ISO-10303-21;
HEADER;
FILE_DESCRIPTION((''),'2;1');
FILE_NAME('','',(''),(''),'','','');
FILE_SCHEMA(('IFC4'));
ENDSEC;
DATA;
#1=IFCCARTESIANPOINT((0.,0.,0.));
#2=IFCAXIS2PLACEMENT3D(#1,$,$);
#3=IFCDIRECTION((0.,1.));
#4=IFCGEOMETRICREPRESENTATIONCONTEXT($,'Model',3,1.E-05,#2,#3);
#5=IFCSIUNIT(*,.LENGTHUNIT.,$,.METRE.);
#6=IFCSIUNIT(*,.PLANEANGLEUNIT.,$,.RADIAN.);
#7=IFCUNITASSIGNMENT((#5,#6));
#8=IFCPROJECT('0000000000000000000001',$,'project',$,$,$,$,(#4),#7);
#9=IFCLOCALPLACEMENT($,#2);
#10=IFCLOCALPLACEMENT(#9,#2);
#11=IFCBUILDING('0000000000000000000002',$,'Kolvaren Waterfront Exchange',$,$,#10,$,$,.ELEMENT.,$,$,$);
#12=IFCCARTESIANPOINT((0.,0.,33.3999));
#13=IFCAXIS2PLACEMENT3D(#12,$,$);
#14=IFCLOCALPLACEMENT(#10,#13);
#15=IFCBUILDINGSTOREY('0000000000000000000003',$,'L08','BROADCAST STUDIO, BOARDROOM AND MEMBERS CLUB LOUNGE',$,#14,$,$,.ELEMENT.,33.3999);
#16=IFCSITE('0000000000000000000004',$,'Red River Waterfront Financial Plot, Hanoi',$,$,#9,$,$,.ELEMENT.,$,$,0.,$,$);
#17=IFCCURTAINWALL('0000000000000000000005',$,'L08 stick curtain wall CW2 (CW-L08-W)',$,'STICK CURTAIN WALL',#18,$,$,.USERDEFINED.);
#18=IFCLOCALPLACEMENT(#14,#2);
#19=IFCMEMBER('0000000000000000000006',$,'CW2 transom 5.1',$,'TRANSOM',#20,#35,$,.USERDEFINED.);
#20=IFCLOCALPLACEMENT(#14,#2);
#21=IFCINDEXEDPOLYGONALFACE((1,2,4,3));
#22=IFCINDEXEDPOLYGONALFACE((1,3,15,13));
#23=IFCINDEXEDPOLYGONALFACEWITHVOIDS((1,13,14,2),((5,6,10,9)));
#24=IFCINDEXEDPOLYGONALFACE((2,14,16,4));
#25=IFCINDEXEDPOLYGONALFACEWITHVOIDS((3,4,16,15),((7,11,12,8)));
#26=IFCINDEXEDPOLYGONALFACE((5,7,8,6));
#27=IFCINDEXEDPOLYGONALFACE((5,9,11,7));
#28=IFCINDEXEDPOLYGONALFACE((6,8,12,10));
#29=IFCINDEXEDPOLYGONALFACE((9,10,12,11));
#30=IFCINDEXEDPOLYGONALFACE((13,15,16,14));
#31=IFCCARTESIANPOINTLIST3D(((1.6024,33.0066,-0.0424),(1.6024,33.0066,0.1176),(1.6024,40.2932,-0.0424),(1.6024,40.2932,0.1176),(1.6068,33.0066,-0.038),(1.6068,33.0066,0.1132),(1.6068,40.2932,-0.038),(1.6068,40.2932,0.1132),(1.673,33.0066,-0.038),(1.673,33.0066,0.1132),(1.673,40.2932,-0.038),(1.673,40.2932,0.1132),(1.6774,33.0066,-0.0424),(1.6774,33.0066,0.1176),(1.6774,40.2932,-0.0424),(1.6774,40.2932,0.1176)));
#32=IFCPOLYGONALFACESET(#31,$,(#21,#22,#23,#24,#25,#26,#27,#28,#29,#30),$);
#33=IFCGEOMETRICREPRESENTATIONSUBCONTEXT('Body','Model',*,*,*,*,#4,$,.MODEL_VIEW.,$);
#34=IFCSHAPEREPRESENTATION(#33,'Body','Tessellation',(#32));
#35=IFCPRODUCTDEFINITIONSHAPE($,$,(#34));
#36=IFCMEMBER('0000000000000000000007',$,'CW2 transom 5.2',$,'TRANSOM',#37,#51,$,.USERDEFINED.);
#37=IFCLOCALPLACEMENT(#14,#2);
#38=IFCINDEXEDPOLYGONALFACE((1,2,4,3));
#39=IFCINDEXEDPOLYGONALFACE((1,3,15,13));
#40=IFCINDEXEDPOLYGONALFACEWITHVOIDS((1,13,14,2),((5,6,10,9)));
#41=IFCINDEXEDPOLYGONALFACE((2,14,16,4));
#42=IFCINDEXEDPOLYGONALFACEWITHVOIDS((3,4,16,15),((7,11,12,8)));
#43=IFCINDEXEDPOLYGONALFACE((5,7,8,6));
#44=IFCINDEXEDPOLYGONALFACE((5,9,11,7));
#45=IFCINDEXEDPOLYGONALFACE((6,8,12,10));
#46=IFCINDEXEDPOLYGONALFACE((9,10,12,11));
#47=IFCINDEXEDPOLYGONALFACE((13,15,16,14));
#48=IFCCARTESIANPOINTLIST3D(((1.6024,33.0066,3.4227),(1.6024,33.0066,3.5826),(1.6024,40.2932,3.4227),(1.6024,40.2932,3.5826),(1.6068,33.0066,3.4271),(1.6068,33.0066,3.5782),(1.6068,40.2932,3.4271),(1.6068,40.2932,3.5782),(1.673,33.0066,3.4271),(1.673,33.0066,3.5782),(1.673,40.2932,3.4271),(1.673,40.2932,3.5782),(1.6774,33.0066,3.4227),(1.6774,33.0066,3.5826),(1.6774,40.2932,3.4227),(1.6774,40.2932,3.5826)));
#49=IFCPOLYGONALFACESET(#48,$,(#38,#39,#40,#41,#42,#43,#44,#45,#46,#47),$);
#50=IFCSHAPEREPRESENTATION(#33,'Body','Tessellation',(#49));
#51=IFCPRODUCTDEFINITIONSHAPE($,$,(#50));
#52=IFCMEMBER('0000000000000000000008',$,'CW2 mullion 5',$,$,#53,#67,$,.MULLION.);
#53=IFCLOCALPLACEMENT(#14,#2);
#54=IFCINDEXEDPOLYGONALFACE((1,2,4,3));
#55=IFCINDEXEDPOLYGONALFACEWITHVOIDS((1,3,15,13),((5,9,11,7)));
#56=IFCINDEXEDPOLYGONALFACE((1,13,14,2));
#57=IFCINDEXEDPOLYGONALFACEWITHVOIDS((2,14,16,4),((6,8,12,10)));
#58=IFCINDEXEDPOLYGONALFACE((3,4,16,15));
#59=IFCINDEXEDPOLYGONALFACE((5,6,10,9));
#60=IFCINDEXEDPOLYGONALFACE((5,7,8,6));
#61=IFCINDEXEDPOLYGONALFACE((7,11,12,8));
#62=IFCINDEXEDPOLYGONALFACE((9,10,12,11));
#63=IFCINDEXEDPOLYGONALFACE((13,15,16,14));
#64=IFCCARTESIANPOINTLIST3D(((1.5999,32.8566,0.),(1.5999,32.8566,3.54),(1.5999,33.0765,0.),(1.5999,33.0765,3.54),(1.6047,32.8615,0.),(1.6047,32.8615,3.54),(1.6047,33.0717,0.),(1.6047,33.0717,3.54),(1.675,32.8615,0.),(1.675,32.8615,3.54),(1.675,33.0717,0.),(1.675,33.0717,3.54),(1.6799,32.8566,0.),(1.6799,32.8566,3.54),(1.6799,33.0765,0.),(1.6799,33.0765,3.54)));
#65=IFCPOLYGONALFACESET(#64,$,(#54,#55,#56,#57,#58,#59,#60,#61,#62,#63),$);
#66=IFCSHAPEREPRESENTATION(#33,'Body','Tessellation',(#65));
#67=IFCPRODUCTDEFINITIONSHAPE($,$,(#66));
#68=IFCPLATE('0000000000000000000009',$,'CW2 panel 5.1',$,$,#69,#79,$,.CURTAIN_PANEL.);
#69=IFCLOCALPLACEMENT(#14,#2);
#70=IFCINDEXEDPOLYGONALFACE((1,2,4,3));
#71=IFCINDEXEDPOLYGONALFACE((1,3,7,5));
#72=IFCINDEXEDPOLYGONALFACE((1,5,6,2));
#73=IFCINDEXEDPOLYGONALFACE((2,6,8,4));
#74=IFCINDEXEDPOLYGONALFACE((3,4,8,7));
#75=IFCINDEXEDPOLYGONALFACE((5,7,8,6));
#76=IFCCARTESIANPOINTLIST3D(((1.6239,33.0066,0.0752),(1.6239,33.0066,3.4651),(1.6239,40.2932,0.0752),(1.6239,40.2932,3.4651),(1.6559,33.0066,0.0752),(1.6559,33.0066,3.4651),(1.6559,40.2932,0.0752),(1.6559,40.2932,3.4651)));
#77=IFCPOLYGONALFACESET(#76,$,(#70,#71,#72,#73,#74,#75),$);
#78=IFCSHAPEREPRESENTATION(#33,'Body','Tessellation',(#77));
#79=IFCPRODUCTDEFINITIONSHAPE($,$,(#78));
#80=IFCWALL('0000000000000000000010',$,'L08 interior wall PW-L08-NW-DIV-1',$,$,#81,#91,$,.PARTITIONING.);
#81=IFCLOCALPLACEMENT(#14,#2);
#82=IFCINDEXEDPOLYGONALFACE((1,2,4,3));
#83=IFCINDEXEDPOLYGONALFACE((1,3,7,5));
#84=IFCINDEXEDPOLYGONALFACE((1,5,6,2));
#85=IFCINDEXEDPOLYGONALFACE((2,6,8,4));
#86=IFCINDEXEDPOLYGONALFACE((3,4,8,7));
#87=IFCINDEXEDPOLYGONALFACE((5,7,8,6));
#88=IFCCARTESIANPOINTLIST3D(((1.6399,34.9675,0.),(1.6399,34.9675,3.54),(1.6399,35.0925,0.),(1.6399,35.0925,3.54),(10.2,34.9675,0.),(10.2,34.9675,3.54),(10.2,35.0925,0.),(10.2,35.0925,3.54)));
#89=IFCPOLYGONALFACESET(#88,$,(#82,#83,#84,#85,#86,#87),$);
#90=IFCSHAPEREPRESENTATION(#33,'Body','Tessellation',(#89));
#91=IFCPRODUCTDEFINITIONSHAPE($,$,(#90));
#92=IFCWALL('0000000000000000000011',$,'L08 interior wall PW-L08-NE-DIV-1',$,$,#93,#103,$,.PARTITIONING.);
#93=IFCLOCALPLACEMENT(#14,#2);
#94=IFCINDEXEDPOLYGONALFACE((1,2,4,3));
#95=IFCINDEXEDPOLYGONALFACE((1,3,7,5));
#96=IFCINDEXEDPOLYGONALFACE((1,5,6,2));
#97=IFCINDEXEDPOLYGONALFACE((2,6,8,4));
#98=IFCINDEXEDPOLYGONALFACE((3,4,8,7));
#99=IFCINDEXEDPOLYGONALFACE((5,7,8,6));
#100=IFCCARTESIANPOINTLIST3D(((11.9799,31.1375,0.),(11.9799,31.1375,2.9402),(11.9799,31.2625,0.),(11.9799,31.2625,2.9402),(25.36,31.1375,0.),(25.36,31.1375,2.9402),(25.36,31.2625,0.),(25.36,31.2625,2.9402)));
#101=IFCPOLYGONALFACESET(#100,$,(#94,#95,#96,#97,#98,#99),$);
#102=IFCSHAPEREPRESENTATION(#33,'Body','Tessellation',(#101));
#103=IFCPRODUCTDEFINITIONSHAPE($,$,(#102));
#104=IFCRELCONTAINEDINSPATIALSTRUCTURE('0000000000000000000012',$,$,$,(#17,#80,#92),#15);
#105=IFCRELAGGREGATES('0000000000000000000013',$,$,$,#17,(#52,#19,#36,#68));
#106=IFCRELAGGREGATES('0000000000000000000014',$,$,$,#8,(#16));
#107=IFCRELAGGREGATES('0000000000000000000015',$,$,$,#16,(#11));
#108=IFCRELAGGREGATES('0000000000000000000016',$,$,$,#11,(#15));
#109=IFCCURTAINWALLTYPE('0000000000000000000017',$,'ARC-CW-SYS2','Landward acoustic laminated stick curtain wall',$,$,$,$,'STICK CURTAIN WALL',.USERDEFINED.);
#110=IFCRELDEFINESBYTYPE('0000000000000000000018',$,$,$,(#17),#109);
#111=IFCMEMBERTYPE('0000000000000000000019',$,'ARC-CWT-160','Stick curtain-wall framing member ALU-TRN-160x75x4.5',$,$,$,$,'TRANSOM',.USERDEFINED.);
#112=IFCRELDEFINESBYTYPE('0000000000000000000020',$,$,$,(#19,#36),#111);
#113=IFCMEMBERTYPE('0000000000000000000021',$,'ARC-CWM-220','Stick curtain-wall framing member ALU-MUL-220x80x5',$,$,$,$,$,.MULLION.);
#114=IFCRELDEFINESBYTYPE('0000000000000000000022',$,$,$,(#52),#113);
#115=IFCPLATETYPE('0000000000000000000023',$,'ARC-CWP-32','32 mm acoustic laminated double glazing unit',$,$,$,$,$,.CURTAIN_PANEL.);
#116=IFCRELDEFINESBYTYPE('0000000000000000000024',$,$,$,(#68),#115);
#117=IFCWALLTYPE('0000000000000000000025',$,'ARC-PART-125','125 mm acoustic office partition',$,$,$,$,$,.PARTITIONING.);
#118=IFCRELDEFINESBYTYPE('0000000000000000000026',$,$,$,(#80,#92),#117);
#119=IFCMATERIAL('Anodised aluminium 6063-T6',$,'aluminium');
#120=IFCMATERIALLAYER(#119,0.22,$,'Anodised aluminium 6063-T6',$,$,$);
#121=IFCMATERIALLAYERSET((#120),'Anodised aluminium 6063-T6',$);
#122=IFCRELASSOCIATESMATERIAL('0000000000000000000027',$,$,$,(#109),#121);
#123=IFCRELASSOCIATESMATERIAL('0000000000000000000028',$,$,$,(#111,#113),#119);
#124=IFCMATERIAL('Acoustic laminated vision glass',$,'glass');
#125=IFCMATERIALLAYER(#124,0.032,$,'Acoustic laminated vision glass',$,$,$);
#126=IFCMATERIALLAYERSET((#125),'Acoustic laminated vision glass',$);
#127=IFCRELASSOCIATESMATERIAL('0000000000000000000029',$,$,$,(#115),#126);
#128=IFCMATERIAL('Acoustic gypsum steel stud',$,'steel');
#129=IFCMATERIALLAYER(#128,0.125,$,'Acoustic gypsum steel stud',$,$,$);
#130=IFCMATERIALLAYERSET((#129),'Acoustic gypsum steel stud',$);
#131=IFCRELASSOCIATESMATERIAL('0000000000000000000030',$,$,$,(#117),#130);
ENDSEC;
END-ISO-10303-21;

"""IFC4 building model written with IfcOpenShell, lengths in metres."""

from ifc_helpers import new_model, si_unit, direction, frame, frame_2d, origin, origin_with_axes, origin_2d, place, context, subcontext, project, spatial, rectangle, hollow_rectangle, extrude, source, transform, mapped, material, layer, layer_set, material_profile, profile_set, type_object, element, aggregate, save


model = new_model("IFC4")

# Units and contexts
model_context = context("Model", 3, precision=1e-05, world=origin(), true_north=direction((0.0, 1.0)))
body_context = subcontext(model_context, "Body", "Model", "MODEL_VIEW")
ifc_project = project(units=[si_unit("LENGTHUNIT", "METRE"), si_unit("PLANEANGLEUNIT", "RADIAN")], contexts=[model_context])

# Site, building, storey
site_placement = place(None, origin())
site = spatial("IfcSite", under=ifc_project, at=site_placement, Name="Red River Waterfront Financial Plot, Hanoi", CompositionType="ELEMENT", RefElevation=0.0)
building_placement = place(site_placement, origin())
building = spatial("IfcBuilding", under=site, at=building_placement, Name="Kolvaren Waterfront Exchange", CompositionType="ELEMENT")
storey_placement = place(building_placement, frame((0.0, 0.0, 33.3999)))
storey = spatial("IfcBuildingStorey", under=building, at=storey_placement, Name="L08", Description="BROADCAST STUDIO, BOARDROOM AND MEMBERS CLUB LOUNGE", CompositionType="ELEMENT", Elevation=33.3999)

# Curtain wall, members, plate
ifc_material_1 = material(Name="Anodised aluminium 6063-T6", Category="aluminium")
ifc_layer_1 = layer(ifc_material_1, 0.22, Name="Anodised aluminium 6063-T6")
ifc_layer_set_1 = layer_set([ifc_layer_1], Name="Anodised aluminium 6063-T6")
curtain_wall_type = type_object("IfcCurtainWallType", Name="ARC-CW-SYS2", Description="Landward acoustic laminated stick curtain wall", ElementType="STICK CURTAIN WALL", PredefinedType="USERDEFINED", material=ifc_layer_set_1)
curtain_wall_placement = place(storey_placement, origin())
curtain_wall = element("IfcCurtainWall", 1, at=curtain_wall_placement, inside=storey, type_object=curtain_wall_type, Name="L08 stick curtain wall CW2 (CW-L08-W)", ObjectType="STICK CURTAIN WALL", PredefinedType="USERDEFINED")
ifc_material_profile_1 = material_profile(ifc_material_1, hollow_rectangle(XDim=0.075, YDim=0.1599, WallThickness=0.0044, at=origin_2d()), Name="ALU-TRN-160x75x4.5")
ifc_profile_set_1 = profile_set([ifc_material_profile_1], Name="Anodised aluminium 6063-T6")
member_type_1 = type_object("IfcMemberType", Name="ARC-CWT-160", Description="Stick curtain-wall framing member ALU-TRN-160x75x4.5", ElementType="TRANSOM", PredefinedType="USERDEFINED", material=ifc_profile_set_1)
shared_shape_1 = source(origin_with_axes(), body_context, "Body", "SweptSolid", [
    extrude(hollow_rectangle(XDim=0.075, YDim=0.1599, WallThickness=0.0044, at=origin_2d()), origin(), (0.0, 0.0, 1.0), 7.2866),
])
member_1_placement = place(storey_placement, frame((1.6399, 33.0066, 0.0376), z_axis=(0.0, 1.0, 0.0), x_axis=(-1.0, 0.0, 0.0)))
member_1 = element("IfcMember", 2, at=member_1_placement, type_object=member_type_1, Name="CW2 transom 5.1", ObjectType="TRANSOM", PredefinedType="USERDEFINED", context=body_context, shape_type="MappedRepresentation", body=[
    mapped(shared_shape_1, transform((0.0, 0.0, 0.0), x_axis=(1.0, 0.0, 0.0), y_axis=(0.0, 1.0, 0.0), z_axis=(0.0, 0.0, 1.0), scale=1.0)),
])
member_2_placement = place(storey_placement, frame((1.6399, 33.0066, 3.5027), z_axis=(0.0, 1.0, 0.0), x_axis=(-1.0, 0.0, 0.0)))
member_2 = element("IfcMember", 3, at=member_2_placement, type_object=member_type_1, Name="CW2 transom 5.2", ObjectType="TRANSOM", PredefinedType="USERDEFINED", context=body_context, shape_type="MappedRepresentation", body=[
    mapped(shared_shape_1, transform((0.0, 0.0, 0.0), x_axis=(1.0, 0.0, 0.0), y_axis=(0.0, 1.0, 0.0), z_axis=(0.0, 0.0, 1.0), scale=1.0)),
])
ifc_material_profile_2 = material_profile(ifc_material_1, hollow_rectangle(XDim=0.0801, YDim=0.22, WallThickness=0.0049, at=origin_2d()), Name="ALU-MUL-220x80x5")
ifc_profile_set_2 = profile_set([ifc_material_profile_2], Name="Anodised aluminium 6063-T6")
member_type_2 = type_object("IfcMemberType", Name="ARC-CWM-220", Description="Stick curtain-wall framing member ALU-MUL-220x80x5", PredefinedType="MULLION", material=ifc_profile_set_2)
shared_shape_2 = source(origin_with_axes(), body_context, "Body", "SweptSolid", [
    extrude(hollow_rectangle(XDim=0.0801, YDim=0.22, WallThickness=0.0049, at=origin_2d()), origin(), (0.0, 0.0, 1.0), 3.54),
])
member_3_placement = place(storey_placement, frame((1.6399, 32.9666, 0.0), z_axis=(0.0, 0.0, 1.0), x_axis=(-1.0, 0.0, 0.0)))
member_3 = element("IfcMember", 4, at=member_3_placement, type_object=member_type_2, Name="CW2 mullion 5", PredefinedType="MULLION", context=body_context, shape_type="MappedRepresentation", body=[
    mapped(shared_shape_2, transform((0.0, 0.0, 0.0), x_axis=(1.0, 0.0, 0.0), y_axis=(0.0, 1.0, 0.0), z_axis=(0.0, 0.0, 1.0), scale=1.0)),
])
ifc_material_2 = material(Name="Acoustic laminated vision glass", Category="glass")
ifc_layer_2 = layer(ifc_material_2, 0.032, Name="Acoustic laminated vision glass")
ifc_layer_set_2 = layer_set([ifc_layer_2], Name="Acoustic laminated vision glass")
plate_type = type_object("IfcPlateType", Name="ARC-CWP-32", Description="32 mm acoustic laminated double glazing unit", PredefinedType="CURTAIN_PANEL", material=ifc_layer_set_2)
shared_shape_3 = source(origin_with_axes(), body_context, "Body", "SweptSolid", [
    extrude(rectangle(XDim=7.2866, YDim=0.032, at=origin_2d()), origin(), (0.0, 0.0, 1.0), 3.3899),
])
plate_placement = place(storey_placement, frame((1.6399, 36.6499, 0.0752), z_axis=(0.0, 0.0, 1.0), x_axis=(0.0, 1.0, 0.0)))
plate = element("IfcPlate", 5, at=plate_placement, type_object=plate_type, Name="CW2 panel 5.1", PredefinedType="CURTAIN_PANEL", context=body_context, shape_type="MappedRepresentation", body=[
    mapped(shared_shape_3, transform((0.0, 0.0, 0.0), x_axis=(1.0, 0.0, 0.0), y_axis=(0.0, 1.0, 0.0), z_axis=(0.0, 0.0, 1.0), scale=1.0)),
])
aggregate(curtain_wall, [member_3, member_1, member_2, plate])

# Walls
ifc_material_3 = material(Name="Acoustic gypsum steel stud", Category="steel")
ifc_layer_3 = layer(ifc_material_3, 0.125, Name="Acoustic gypsum steel stud")
ifc_layer_set_3 = layer_set([ifc_layer_3], Name="Acoustic gypsum steel stud")
wall_type = type_object("IfcWallType", Name="ARC-PART-125", Description="125 mm acoustic office partition", PredefinedType="PARTITIONING", material=ifc_layer_set_3)
wall_1_placement = place(storey_placement, frame((1.6399, 35.03, 0.0), z_axis=(0.0, 0.0, 1.0), x_axis=(1.0, 0.0, 0.0)))
element("IfcWall", 6, at=wall_1_placement, inside=storey, type_object=wall_type, Name="L08 interior wall PW-L08-NW-DIV-1", PredefinedType="PARTITIONING", context=body_context, shape_type="SweptSolid", body=[
    extrude(rectangle(XDim=8.5601, YDim=0.125, at=frame_2d((4.28, 0.0))), origin(), (0.0, 0.0, 1.0), 3.54),
])
wall_2_placement = place(storey_placement, frame((11.98, 31.2, 0.0), z_axis=(0.0, 0.0, 1.0), x_axis=(1.0, 0.0, 0.0)))
element("IfcWall", 7, at=wall_2_placement, inside=storey, type_object=wall_type, Name="L08 interior wall PW-L08-NE-DIV-1", PredefinedType="PARTITIONING", context=body_context, shape_type="SweptSolid", body=[
    extrude(rectangle(XDim=13.3801, YDim=0.125, at=frame_2d((6.6899, 0.0))), origin(), (0.0, 0.0, 1.0), 2.9402),
])

save(model, "model.ifc")
